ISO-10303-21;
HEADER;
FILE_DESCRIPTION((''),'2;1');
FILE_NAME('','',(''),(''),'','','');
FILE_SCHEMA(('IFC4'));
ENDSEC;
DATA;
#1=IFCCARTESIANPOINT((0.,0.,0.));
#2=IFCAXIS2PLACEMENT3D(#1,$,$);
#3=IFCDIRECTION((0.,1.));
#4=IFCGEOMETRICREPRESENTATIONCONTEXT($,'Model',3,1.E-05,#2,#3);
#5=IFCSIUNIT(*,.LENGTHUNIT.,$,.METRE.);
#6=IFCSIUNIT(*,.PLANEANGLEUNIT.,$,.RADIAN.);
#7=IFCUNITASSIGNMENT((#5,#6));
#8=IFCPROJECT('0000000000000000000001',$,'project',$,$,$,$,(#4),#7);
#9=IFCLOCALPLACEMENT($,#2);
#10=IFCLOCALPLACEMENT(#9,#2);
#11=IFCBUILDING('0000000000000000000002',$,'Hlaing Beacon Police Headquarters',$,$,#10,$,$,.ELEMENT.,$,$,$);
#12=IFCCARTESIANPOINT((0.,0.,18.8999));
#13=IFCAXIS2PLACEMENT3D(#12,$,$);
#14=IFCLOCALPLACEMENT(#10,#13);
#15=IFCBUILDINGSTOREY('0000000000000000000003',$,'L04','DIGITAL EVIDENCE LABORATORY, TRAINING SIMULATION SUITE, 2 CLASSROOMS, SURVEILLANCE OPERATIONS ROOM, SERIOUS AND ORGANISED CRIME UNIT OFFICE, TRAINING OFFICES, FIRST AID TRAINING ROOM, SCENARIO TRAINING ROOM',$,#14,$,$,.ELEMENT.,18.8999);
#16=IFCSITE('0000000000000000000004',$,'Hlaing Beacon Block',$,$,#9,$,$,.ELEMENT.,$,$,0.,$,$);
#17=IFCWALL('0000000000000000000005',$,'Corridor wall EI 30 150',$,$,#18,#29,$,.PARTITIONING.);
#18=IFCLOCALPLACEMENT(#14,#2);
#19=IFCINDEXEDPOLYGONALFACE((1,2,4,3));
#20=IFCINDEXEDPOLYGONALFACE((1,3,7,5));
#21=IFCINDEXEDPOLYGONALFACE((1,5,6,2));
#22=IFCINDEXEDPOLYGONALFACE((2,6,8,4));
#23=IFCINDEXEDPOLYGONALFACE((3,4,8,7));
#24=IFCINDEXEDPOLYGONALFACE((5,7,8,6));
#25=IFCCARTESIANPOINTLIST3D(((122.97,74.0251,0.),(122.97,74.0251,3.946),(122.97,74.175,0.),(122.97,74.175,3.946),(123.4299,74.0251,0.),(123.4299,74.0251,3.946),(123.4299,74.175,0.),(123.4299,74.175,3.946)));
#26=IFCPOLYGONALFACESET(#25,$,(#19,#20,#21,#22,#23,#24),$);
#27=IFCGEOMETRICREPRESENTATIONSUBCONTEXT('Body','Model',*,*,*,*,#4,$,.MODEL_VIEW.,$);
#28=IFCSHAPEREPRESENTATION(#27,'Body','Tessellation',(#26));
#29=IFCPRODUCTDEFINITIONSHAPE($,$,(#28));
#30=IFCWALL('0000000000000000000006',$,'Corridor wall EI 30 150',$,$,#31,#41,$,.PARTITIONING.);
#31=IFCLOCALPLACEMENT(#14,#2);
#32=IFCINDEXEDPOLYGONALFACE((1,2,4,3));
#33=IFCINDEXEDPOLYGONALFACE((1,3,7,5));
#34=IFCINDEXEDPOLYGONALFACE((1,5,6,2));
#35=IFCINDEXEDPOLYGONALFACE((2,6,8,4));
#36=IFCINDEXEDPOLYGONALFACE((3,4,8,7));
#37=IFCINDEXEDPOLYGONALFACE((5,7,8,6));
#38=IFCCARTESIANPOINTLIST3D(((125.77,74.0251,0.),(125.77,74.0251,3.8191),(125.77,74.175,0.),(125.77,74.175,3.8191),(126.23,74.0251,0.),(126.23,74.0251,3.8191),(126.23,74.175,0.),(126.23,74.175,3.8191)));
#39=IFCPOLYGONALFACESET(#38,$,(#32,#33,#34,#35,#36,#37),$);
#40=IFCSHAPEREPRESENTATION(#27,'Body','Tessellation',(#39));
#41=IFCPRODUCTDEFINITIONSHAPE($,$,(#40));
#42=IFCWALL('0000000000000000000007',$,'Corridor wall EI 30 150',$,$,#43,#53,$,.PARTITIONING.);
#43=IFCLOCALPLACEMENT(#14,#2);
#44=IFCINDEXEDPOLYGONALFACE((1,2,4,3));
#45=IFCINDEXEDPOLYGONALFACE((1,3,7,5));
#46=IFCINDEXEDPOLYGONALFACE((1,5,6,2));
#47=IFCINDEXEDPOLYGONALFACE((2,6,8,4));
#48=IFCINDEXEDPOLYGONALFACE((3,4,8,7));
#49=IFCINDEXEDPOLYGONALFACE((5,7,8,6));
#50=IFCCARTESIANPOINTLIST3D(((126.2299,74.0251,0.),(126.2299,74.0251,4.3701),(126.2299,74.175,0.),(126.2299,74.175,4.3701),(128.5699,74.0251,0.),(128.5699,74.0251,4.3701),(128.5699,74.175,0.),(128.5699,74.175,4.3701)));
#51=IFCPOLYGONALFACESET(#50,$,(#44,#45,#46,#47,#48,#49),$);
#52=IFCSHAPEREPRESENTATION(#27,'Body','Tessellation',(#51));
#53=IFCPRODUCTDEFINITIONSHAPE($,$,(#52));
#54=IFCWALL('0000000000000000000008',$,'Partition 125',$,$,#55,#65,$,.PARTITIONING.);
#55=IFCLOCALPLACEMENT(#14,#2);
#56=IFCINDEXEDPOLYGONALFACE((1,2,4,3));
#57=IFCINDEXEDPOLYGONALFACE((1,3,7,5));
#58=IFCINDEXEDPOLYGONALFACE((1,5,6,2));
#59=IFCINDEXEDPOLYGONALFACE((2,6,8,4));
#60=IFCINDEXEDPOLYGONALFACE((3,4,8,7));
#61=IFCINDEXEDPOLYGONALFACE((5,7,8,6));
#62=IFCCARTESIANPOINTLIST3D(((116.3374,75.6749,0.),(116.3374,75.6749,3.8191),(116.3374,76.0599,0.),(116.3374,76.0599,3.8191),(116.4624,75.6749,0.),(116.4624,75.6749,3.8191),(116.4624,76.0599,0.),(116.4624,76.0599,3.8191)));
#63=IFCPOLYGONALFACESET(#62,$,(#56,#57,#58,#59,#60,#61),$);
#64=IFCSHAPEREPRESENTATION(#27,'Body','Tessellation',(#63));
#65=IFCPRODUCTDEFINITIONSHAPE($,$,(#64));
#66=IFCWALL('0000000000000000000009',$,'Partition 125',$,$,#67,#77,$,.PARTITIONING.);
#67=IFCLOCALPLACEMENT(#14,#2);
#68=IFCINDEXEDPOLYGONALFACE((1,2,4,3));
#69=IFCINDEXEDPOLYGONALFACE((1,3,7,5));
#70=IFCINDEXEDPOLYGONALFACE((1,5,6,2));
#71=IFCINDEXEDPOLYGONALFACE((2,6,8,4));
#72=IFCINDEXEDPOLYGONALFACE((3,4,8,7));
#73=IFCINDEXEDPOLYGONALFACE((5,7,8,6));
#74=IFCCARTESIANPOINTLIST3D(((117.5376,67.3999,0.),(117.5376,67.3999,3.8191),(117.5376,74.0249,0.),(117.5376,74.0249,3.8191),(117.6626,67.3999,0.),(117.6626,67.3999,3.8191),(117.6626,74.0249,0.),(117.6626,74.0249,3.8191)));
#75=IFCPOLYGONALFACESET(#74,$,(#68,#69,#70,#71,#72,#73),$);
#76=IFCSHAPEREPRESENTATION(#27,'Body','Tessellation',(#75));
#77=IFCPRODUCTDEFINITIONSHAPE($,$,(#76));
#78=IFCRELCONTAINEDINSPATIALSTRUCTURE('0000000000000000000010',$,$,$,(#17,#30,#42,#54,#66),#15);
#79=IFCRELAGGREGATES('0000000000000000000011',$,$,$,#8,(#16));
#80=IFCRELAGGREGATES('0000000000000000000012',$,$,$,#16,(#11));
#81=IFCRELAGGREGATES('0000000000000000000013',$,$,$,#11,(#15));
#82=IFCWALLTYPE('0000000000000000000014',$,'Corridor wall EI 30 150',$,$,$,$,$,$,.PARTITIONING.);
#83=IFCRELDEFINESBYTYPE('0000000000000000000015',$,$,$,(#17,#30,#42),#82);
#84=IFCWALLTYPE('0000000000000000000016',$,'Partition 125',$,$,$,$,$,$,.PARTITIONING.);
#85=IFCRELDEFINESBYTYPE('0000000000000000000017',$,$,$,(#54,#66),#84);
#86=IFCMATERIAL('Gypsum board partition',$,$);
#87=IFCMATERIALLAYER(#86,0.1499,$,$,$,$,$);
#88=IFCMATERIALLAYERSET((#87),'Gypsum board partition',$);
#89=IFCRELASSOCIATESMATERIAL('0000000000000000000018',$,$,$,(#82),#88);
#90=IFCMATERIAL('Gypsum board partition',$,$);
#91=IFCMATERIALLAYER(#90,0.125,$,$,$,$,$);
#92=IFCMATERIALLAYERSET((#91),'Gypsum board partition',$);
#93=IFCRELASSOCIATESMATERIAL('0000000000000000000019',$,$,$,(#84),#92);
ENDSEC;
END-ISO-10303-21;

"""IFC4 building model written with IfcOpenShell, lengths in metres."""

from ifc_helpers import new_model, si_unit, direction, frame, frame_2d, origin, place, context, subcontext, project, spatial, rectangle, extrude, material, layer, layer_set, type_object, element, save


model = new_model("IFC4")

# Units and contexts
model_context = context("Model", 3, precision=1e-05, world=origin(), true_north=direction((0.0, 1.0)))
body_context = subcontext(model_context, "Body", "Model", "MODEL_VIEW")
ifc_project = project(units=[si_unit("LENGTHUNIT", "METRE"), si_unit("PLANEANGLEUNIT", "RADIAN")], contexts=[model_context])

# Site, building, storey
site_placement = place(None, origin())
site = spatial("IfcSite", under=ifc_project, at=site_placement, Name="Hlaing Beacon Block", CompositionType="ELEMENT", RefElevation=0.0)
building_placement = place(site_placement, origin())
building = spatial("IfcBuilding", under=site, at=building_placement, Name="Hlaing Beacon Police Headquarters", CompositionType="ELEMENT")
storey_placement = place(building_placement, frame((0.0, 0.0, 18.8999)))
storey = spatial("IfcBuildingStorey", under=building, at=storey_placement, Name="L04", Description="DIGITAL EVIDENCE LABORATORY, TRAINING SIMULATION SUITE, 2 CLASSROOMS, SURVEILLANCE OPERATIONS ROOM, SERIOUS AND ORGANISED CRIME UNIT OFFICE, TRAINING OFFICES, FIRST AID TRAINING ROOM, SCENARIO TRAINING ROOM", CompositionType="ELEMENT", Elevation=18.8999)

# Shared definitions
ifc_material_1 = material(Name="Gypsum board partition")
ifc_layer_1 = layer(ifc_material_1, 0.1499)
ifc_layer_set_1 = layer_set([ifc_layer_1], Name="Gypsum board partition")
wall_type_1 = type_object("IfcWallType", Name="Corridor wall EI 30 150", PredefinedType="PARTITIONING", material=ifc_layer_set_1)

# Wall
wall_1_placement = place(storey_placement, frame((122.97, 74.1001, 0.0), z_axis=(0.0, 0.0, 1.0), x_axis=(1.0, 0.0, 0.0)))
element("IfcWall", 1, at=wall_1_placement, inside=storey, type_object=wall_type_1, Name="Corridor wall EI 30 150", PredefinedType="PARTITIONING", context=body_context, shape_type="SweptSolid", body=[
    extrude(rectangle(XDim=0.46, YDim=0.1499, at=frame_2d((0.23, 0.0))), origin(), (0.0, 0.0, 1.0), 3.946),
])

# Walls
wall_2_placement = place(storey_placement, frame((125.77, 74.1001, 0.0), z_axis=(0.0, 0.0, 1.0), x_axis=(1.0, 0.0, 0.0)))
element("IfcWall", 2, at=wall_2_placement, inside=storey, type_object=wall_type_1, Name="Corridor wall EI 30 150", PredefinedType="PARTITIONING", context=body_context, shape_type="SweptSolid", body=[
    extrude(rectangle(XDim=0.46, YDim=0.1499, at=frame_2d((0.23, 0.0))), origin(), (0.0, 0.0, 1.0), 3.8191),
])
wall_3_placement = place(storey_placement, frame((126.23, 74.1001, 0.0), z_axis=(0.0, 0.0, 1.0), x_axis=(1.0, 0.0, 0.0)))
element("IfcWall", 3, at=wall_3_placement, inside=storey, type_object=wall_type_1, Name="Corridor wall EI 30 150", PredefinedType="PARTITIONING", context=body_context, shape_type="SweptSolid", body=[
    extrude(rectangle(XDim=2.3401, YDim=0.1499, at=frame_2d((1.1699, 0.0))), origin(), (0.0, 0.0, 1.0), 4.3701),
])
ifc_material_2 = material(Name="Gypsum board partition")
ifc_layer_2 = layer(ifc_material_2, 0.125)
ifc_layer_set_2 = layer_set([ifc_layer_2], Name="Gypsum board partition")
wall_type_2 = type_object("IfcWallType", Name="Partition 125", PredefinedType="PARTITIONING", material=ifc_layer_set_2)
wall_4_placement = place(storey_placement, frame((116.3999, 75.675, 0.0), z_axis=(0.0, 0.0, 1.0), x_axis=(0.0, 1.0, 0.0)))
element("IfcWall", 4, at=wall_4_placement, inside=storey, type_object=wall_type_2, Name="Partition 125", PredefinedType="PARTITIONING", context=body_context, shape_type="SweptSolid", body=[
    extrude(rectangle(XDim=0.385, YDim=0.125, at=frame_2d((0.1924, 0.0))), origin(), (0.0, 0.0, 1.0), 3.8191),
])
wall_5_placement = place(storey_placement, frame((117.6001, 67.3999, 0.0), z_axis=(0.0, 0.0, 1.0), x_axis=(0.0, 1.0, 0.0)))
element("IfcWall", 5, at=wall_5_placement, inside=storey, type_object=wall_type_2, Name="Partition 125", PredefinedType="PARTITIONING", context=body_context, shape_type="SweptSolid", body=[
    extrude(rectangle(XDim=6.625, YDim=0.125, at=frame_2d((3.3125, 0.0))), origin(), (0.0, 0.0, 1.0), 3.8191),
])

save(model, "model.ifc")
